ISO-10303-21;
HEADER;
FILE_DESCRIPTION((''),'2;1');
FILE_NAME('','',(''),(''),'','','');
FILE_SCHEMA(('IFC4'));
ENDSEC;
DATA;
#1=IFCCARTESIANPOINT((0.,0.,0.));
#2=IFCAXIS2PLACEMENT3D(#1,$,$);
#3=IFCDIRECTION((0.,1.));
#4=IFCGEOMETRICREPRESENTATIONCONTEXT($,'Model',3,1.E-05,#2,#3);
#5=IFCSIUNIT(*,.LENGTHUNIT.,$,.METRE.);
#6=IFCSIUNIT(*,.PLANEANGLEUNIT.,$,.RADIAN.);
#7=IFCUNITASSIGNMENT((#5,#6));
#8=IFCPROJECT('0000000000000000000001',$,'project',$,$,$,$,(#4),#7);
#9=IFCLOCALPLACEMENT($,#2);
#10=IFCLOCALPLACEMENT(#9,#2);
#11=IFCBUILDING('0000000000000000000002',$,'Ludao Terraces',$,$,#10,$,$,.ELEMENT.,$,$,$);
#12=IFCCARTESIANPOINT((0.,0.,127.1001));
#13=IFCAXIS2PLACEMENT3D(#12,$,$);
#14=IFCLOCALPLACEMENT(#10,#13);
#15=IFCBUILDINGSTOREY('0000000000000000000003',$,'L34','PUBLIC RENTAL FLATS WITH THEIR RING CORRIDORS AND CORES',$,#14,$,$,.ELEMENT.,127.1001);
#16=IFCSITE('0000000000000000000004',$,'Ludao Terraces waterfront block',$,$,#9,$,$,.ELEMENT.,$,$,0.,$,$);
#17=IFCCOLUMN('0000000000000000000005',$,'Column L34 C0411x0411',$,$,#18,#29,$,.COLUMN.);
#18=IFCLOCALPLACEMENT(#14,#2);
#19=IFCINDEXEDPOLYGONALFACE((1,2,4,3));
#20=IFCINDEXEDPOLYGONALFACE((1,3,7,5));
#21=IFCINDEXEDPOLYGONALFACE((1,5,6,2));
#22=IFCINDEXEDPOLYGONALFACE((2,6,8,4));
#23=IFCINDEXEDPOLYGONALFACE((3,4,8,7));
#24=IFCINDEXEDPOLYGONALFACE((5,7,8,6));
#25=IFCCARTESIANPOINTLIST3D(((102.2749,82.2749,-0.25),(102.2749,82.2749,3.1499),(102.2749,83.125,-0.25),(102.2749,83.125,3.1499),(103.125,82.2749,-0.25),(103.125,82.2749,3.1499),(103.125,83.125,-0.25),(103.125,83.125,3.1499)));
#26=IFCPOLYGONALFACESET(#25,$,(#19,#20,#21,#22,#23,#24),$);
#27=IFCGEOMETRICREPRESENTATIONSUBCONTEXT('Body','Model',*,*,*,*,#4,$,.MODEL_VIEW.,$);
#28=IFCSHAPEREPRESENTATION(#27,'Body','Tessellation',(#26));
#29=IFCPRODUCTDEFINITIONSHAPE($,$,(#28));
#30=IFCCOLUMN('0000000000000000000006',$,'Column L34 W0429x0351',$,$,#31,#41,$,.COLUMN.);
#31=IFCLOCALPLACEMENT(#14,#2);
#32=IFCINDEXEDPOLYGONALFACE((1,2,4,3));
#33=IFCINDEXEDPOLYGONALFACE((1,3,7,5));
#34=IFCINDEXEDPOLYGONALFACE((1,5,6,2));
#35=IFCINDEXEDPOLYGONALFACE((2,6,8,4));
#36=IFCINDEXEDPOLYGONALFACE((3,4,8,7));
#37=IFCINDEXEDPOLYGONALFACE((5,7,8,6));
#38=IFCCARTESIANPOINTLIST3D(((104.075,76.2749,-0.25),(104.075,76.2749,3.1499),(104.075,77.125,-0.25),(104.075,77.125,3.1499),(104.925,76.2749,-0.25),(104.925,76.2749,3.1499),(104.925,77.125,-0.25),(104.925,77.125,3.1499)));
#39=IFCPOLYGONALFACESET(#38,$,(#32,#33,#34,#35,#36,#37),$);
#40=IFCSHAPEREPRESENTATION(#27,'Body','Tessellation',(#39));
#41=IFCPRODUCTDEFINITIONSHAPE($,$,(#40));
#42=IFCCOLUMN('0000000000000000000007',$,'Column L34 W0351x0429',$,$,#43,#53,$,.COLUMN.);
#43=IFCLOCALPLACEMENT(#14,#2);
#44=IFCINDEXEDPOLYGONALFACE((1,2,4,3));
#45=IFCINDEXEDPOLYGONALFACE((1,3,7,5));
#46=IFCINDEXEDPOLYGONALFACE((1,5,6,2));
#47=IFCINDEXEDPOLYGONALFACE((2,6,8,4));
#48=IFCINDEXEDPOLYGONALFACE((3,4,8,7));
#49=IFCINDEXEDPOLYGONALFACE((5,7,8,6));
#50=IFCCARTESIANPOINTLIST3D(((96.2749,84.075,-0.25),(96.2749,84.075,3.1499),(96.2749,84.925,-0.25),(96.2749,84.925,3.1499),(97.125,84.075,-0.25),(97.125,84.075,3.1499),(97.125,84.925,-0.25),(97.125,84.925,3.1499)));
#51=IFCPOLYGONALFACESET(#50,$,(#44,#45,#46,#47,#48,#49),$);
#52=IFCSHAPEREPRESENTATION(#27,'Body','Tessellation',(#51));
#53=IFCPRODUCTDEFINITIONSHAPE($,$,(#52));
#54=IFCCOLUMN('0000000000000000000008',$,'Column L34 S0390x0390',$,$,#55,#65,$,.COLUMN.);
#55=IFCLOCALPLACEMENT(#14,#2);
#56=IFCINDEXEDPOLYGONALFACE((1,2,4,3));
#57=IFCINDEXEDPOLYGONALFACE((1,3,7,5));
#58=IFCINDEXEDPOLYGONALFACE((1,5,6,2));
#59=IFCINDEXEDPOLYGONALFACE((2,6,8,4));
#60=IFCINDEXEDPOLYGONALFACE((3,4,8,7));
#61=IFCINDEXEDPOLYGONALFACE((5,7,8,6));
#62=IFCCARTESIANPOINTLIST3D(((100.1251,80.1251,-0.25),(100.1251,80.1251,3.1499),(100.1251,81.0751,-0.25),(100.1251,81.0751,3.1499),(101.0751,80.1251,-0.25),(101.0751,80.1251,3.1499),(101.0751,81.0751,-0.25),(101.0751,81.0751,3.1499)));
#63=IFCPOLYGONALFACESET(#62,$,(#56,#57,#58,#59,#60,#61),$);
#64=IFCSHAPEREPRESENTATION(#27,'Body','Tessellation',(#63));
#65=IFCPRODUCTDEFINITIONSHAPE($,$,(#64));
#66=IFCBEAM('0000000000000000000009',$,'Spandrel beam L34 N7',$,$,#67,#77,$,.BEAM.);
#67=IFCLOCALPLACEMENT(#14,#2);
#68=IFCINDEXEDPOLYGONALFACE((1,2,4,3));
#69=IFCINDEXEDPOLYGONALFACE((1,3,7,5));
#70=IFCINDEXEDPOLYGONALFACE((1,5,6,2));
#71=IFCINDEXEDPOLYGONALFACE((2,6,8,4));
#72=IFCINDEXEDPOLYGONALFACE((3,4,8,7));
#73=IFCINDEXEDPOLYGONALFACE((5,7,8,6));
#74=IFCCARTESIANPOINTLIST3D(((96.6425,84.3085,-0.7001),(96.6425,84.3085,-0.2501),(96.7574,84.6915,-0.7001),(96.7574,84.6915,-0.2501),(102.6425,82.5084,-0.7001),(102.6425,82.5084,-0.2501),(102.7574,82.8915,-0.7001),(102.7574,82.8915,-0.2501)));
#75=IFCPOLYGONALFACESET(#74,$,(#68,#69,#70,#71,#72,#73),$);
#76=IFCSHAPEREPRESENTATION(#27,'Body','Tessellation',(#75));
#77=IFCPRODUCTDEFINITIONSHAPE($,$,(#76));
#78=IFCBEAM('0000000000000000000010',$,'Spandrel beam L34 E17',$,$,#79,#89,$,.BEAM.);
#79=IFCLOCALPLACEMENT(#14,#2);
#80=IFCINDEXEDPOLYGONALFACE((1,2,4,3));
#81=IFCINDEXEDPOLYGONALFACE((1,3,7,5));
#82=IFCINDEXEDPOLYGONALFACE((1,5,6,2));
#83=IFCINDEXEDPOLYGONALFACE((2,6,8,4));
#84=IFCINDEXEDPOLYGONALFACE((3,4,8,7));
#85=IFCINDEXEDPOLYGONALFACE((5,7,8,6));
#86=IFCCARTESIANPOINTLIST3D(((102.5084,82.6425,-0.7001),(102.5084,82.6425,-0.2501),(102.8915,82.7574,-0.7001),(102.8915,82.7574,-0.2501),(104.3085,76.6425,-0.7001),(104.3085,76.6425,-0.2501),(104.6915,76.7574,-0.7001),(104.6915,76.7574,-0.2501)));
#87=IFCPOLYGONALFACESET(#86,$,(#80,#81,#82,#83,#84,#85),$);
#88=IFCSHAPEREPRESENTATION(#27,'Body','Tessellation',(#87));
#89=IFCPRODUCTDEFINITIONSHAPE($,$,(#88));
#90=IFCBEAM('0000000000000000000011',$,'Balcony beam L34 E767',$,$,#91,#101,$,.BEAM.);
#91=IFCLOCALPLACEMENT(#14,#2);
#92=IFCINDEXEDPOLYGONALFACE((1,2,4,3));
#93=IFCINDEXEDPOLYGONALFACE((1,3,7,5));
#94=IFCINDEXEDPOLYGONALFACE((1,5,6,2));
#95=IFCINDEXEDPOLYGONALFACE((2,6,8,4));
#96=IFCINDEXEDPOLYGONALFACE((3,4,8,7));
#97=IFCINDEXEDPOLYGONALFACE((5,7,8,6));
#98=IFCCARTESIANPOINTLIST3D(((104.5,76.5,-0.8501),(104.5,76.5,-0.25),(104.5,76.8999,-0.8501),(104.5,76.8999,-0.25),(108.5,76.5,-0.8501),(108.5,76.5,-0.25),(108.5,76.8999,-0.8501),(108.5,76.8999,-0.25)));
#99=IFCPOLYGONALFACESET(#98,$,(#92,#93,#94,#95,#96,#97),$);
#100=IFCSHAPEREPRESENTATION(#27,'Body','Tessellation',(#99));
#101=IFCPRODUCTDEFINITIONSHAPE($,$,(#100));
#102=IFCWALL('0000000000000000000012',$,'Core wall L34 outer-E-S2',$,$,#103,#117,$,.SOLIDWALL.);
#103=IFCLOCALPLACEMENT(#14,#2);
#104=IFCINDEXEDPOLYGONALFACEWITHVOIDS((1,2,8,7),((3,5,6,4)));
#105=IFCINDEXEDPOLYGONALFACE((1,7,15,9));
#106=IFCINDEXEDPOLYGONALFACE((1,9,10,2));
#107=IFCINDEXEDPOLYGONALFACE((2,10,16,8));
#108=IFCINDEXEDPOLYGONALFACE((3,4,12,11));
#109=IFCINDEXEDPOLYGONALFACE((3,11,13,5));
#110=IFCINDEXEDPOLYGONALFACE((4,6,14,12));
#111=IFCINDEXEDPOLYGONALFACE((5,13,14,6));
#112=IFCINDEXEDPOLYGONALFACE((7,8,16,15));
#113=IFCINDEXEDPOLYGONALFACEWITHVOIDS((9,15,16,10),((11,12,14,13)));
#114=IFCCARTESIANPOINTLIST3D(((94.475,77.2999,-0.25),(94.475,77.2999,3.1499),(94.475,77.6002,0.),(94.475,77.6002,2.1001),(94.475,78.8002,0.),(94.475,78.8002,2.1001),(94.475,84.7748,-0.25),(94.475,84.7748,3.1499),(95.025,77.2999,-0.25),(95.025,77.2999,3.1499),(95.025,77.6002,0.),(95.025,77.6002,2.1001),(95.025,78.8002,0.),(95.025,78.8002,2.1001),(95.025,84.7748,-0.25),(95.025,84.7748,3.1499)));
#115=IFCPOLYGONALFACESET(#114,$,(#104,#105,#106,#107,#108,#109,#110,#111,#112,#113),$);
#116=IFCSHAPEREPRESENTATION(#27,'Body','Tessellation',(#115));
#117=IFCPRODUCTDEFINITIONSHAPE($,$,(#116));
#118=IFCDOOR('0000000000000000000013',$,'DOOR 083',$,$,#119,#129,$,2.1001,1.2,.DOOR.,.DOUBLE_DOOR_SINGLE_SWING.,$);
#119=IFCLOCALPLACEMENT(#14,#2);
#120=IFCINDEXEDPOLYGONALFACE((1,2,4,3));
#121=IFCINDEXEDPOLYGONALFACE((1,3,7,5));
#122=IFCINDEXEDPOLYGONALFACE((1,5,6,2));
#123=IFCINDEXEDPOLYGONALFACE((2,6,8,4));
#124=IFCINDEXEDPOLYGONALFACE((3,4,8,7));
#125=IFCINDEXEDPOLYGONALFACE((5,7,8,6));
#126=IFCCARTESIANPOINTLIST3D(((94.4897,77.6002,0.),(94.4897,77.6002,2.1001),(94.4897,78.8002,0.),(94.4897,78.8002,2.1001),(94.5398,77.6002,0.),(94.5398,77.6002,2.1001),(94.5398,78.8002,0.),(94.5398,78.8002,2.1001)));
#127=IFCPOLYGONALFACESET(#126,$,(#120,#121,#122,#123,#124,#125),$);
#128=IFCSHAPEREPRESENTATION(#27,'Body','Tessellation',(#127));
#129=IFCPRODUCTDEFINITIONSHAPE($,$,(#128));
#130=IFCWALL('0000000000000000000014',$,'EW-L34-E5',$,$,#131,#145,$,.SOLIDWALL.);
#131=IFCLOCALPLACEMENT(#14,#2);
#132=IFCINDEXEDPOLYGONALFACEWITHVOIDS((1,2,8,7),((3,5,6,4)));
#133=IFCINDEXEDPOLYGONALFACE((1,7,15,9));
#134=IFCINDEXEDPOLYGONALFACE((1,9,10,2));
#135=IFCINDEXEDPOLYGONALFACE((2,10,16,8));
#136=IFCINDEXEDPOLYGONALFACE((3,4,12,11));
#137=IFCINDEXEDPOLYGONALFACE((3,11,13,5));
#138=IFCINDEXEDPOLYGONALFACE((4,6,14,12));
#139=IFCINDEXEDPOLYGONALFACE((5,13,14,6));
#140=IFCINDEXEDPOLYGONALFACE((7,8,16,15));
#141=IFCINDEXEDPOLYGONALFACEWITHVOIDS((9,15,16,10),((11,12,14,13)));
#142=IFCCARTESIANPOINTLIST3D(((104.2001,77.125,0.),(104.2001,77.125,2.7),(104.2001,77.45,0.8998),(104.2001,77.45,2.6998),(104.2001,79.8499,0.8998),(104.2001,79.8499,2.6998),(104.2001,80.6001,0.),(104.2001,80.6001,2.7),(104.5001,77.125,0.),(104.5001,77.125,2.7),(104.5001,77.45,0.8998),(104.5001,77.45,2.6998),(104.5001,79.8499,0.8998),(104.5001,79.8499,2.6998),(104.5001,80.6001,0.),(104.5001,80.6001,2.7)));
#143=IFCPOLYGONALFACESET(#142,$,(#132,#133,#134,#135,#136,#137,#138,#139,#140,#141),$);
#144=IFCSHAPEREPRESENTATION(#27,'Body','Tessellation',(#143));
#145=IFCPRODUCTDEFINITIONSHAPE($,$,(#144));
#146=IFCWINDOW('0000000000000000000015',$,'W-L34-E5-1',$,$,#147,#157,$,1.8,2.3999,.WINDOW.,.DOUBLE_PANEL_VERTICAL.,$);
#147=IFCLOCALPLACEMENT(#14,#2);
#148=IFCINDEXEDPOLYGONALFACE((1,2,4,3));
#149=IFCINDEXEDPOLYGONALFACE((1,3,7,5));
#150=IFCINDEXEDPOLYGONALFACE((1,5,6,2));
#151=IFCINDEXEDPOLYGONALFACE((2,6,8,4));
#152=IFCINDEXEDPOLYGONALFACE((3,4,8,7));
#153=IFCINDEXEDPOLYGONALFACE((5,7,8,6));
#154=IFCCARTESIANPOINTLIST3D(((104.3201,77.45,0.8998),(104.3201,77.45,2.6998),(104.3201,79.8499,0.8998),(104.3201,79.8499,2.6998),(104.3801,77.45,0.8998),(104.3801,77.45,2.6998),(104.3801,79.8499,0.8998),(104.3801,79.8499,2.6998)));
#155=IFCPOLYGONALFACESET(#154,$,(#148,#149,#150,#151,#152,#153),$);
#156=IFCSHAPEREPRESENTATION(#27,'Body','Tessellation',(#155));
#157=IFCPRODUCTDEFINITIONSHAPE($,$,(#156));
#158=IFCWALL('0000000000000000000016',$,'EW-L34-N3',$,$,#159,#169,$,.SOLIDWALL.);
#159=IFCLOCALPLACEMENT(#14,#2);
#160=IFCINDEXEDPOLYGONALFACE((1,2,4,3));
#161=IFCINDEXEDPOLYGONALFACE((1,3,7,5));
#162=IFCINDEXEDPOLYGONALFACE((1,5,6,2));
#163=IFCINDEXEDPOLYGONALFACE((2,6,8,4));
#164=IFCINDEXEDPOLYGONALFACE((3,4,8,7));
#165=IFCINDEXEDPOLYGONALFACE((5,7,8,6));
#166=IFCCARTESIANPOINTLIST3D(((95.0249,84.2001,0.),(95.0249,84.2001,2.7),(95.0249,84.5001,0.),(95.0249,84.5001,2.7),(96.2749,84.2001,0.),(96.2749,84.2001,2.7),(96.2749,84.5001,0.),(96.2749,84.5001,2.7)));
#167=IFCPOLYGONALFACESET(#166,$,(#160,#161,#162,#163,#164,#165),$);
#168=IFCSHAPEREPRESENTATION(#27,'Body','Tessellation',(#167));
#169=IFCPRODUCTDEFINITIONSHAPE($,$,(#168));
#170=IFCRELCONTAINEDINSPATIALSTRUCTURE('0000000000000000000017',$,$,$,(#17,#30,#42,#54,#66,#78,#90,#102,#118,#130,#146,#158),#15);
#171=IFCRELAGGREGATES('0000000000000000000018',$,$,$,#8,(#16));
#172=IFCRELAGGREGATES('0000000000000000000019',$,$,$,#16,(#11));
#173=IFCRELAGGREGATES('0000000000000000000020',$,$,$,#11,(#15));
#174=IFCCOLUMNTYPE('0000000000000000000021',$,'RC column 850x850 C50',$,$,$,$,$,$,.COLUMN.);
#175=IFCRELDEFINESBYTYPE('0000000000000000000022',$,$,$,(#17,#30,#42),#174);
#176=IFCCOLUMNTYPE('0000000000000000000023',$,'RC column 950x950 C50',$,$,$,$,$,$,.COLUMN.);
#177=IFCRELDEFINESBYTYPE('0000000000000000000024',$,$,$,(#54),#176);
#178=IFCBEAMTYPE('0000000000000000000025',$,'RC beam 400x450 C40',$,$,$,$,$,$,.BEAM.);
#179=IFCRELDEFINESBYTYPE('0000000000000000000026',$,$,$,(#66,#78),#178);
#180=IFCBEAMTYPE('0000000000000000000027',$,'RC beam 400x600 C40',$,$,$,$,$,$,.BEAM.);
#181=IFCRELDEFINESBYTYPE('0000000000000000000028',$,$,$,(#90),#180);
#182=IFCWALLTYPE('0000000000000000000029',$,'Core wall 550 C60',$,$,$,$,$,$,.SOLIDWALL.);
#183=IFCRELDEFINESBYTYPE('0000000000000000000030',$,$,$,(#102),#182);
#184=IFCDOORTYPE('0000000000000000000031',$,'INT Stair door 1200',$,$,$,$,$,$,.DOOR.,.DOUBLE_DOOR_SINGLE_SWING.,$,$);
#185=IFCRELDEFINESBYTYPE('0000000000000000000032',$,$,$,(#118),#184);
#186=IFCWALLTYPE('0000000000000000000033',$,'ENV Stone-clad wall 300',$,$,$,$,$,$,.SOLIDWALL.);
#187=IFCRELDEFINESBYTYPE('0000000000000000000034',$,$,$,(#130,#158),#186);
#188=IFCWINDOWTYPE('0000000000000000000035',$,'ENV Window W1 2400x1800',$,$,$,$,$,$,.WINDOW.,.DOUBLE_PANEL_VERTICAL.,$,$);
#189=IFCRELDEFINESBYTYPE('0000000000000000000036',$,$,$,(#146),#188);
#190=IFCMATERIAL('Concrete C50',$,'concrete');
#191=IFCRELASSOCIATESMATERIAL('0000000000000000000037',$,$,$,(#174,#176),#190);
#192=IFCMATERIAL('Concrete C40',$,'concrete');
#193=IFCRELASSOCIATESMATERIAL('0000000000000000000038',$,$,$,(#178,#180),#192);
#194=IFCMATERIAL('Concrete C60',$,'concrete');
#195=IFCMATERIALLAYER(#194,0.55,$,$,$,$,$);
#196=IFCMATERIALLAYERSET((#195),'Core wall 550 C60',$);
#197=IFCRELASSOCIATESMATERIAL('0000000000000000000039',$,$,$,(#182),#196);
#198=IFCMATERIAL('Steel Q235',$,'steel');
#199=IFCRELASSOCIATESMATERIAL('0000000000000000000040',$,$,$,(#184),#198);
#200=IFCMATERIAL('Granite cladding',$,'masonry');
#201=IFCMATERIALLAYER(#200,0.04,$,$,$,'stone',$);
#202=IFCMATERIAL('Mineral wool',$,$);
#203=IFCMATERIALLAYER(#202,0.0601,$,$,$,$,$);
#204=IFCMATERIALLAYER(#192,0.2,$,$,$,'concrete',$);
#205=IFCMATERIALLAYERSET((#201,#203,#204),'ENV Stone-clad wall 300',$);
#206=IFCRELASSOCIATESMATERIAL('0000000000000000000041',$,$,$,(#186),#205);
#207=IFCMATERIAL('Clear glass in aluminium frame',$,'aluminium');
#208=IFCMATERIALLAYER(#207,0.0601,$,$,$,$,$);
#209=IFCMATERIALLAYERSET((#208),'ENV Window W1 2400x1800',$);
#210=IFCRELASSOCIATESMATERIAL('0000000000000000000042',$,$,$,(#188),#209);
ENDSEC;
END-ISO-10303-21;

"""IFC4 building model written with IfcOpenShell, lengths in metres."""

from ifc_helpers import new_model, si_unit, direction, frame, frame_2d, origin, origin_2d, place, context, subcontext, project, spatial, rectangle, extrude, material, layer, layer_set, material_profile, profile_set, type_object, element, fill, save


model = new_model("IFC4")

# Units and contexts
model_context = context("Model", 3, precision=1e-05, world=origin(), true_north=direction((0.0, 1.0)))
body_context = subcontext(model_context, "Body", "Model", "MODEL_VIEW")
ifc_project = project(units=[si_unit("LENGTHUNIT", "METRE"), si_unit("PLANEANGLEUNIT", "RADIAN")], contexts=[model_context])

# Site, building, storey
site_placement = place(None, origin())
site = spatial("IfcSite", under=ifc_project, at=site_placement, Name="Ludao Terraces waterfront block", CompositionType="ELEMENT", RefElevation=0.0)
building_placement = place(site_placement, origin())
building = spatial("IfcBuilding", under=site, at=building_placement, Name="Ludao Terraces", CompositionType="ELEMENT")
storey_placement = place(building_placement, frame((0.0, 0.0, 127.1001)))
storey = spatial("IfcBuildingStorey", under=building, at=storey_placement, Name="L34", Description="PUBLIC RENTAL FLATS WITH THEIR RING CORRIDORS AND CORES", CompositionType="ELEMENT", Elevation=127.1001)

# Columns
ifc_material_1 = material(Name="Concrete C50", Category="concrete")
ifc_material_profile_1 = material_profile(ifc_material_1, rectangle(XDim=0.8501, YDim=0.8501, at=origin_2d()), Name="850 X 850")
ifc_profile_set_1 = profile_set([ifc_material_profile_1], Name="Concrete C50")
column_type_1 = type_object("IfcColumnType", Name="RC column 850x850 C50", PredefinedType="COLUMN", material=ifc_profile_set_1)
for number, where, z_axis, x_axis, name in (
    (1, (102.7, 82.7, -0.25), (0.0, 0.0, 1.0), (1.0, 0.0, 0.0), "Column L34 C0411x0411"),
    (2, (104.5, 76.7, -0.25), (0.0, 0.0, 1.0), (1.0, 0.0, 0.0), "Column L34 W0429x0351"),
    (3, (96.7, 84.5, -0.25), (0.0, 0.0, 1.0), (1.0, 0.0, 0.0), "Column L34 W0351x0429"),
):
    element("IfcColumn", number, at=place(storey_placement, frame(where, z_axis=z_axis, x_axis=x_axis)), inside=storey, type_object=column_type_1, Name=name, PredefinedType="COLUMN", context=body_context, shape_type="SweptSolid", body=[
        extrude(rectangle(XDim=0.8501, YDim=0.8501, at=origin_2d()), origin(), (0.0, 0.0, 1.0), 3.3999),
    ])
ifc_material_profile_2 = material_profile(ifc_material_1, rectangle(XDim=0.95, YDim=0.95, at=origin_2d()), Name="950 X 950")
ifc_profile_set_2 = profile_set([ifc_material_profile_2], Name="Concrete C50")
column_type_2 = type_object("IfcColumnType", Name="RC column 950x950 C50", PredefinedType="COLUMN", material=ifc_profile_set_2)
column_placement = place(storey_placement, frame((100.6001, 80.6001, -0.25), z_axis=(0.0, 0.0, 1.0), x_axis=(1.0, 0.0, 0.0)))
element("IfcColumn", 4, at=column_placement, inside=storey, type_object=column_type_2, Name="Column L34 S0390x0390", PredefinedType="COLUMN", context=body_context, shape_type="SweptSolid", body=[
    extrude(rectangle(XDim=0.95, YDim=0.95, at=origin_2d()), origin(), (0.0, 0.0, 1.0), 3.3999),
])

# Beams
ifc_material_2 = material(Name="Concrete C40", Category="concrete")
ifc_material_profile_3 = material_profile(ifc_material_2, rectangle(XDim=0.3999, YDim=0.45, at=origin_2d()), Name="400 X 450")
ifc_profile_set_3 = profile_set([ifc_material_profile_3], Name="Concrete C40")
beam_type_1 = type_object("IfcBeamType", Name="RC beam 400x450 C40", PredefinedType="BEAM", material=ifc_profile_set_3)
for number, where, z_axis, x_axis, name in (
    (5, (96.7, 84.5, -0.4751), (0.957824, -0.287355, 0.0), (0.287355, 0.957824, 0.0), "Spandrel beam L34 N7"),
    (6, (104.5, 76.7, -0.4751), (-0.287355, 0.957824, 0.0), (-0.957824, -0.287355, 0.0), "Spandrel beam L34 E17"),
):
    element("IfcBeam", number, at=place(storey_placement, frame(where, z_axis=z_axis, x_axis=x_axis)), inside=storey, type_object=beam_type_1, Name=name, PredefinedType="BEAM", context=body_context, shape_type="SweptSolid", body=[
        extrude(rectangle(XDim=0.3999, YDim=0.45, at=origin_2d()), origin(), (0.0, 0.0, 1.0), 6.2642),
    ])
ifc_material_profile_4 = material_profile(ifc_material_2, rectangle(XDim=0.3999, YDim=0.6001, at=origin_2d()), Name="400 X 600")
ifc_profile_set_4 = profile_set([ifc_material_profile_4], Name="Concrete C40")
beam_type_2 = type_object("IfcBeamType", Name="RC beam 400x600 C40", PredefinedType="BEAM", material=ifc_profile_set_4)
beam_placement = place(storey_placement, frame((104.5, 76.7, -0.55), z_axis=(1.0, 0.0, 0.0), x_axis=(0.0, 1.0, 0.0)))
element("IfcBeam", 7, at=beam_placement, inside=storey, type_object=beam_type_2, Name="Balcony beam L34 E767", PredefinedType="BEAM", context=body_context, shape_type="SweptSolid", body=[
    extrude(rectangle(XDim=0.3999, YDim=0.6001, at=origin_2d()), origin(), (0.0, 0.0, 1.0), 4.0),
])

# Wall, opening, door
ifc_material_3 = material(Name="Concrete C60", Category="concrete")
ifc_layer_1 = layer(ifc_material_3, 0.55)
ifc_layer_set_1 = layer_set([ifc_layer_1], Name="Core wall 550 C60")
wall_type_1 = type_object("IfcWallType", Name="Core wall 550 C60", PredefinedType="SOLIDWALL", material=ifc_layer_set_1)
wall_1_placement = place(storey_placement, frame((94.75, 77.3, -0.25), z_axis=(0.0, 0.0, 1.0), x_axis=(0.0, 1.0, 0.0)))
wall_1 = element("IfcWall", 8, at=wall_1_placement, inside=storey, type_object=wall_type_1, Name="Core wall L34 outer-E-S2", PredefinedType="SOLIDWALL", context=body_context, shape_type="SweptSolid", body=[
    extrude(rectangle(XDim=7.4749, YDim=0.55, at=frame_2d((3.7373, 0.0))), origin(), (0.0, 0.0, 1.0), 3.3999),
])
opening_1_placement = place(wall_1_placement, frame((0.3, 0.0, 0.25)))
opening_1 = element("IfcOpeningElement", 9, at=opening_1_placement, cuts=wall_1, PredefinedType="OPENING", context=body_context, shape_type="SweptSolid", body=[
    extrude(rectangle(XDim=1.2, YDim=2.1001, at=frame_2d((0.6001, 1.05))), frame((0.0, 0.2852, 0.0), z_axis=(0.0, -1.0, 0.0), x_axis=(1.0, 0.0, 0.0)), (0.0, 0.0, 1.0), 0.5701),
])
ifc_material_4 = material(Name="Steel Q235", Category="steel")
door_type_1 = type_object("IfcDoorType", Name="INT Stair door 1200", OperationType="DOUBLE_DOOR_SINGLE_SWING", PredefinedType="DOOR", material=ifc_material_4)
door_1_placement = place(opening_1_placement, origin())
door_1 = element("IfcDoor", 10, at=door_1_placement, inside=storey, type_object=door_type_1, Name="DOOR 083", OperationType="DOUBLE_DOOR_SINGLE_SWING", OverallHeight=2.1001, OverallWidth=1.2, PredefinedType="DOOR", context=body_context, shape_type="SweptSolid", body=[
    extrude(rectangle(XDim=1.2, YDim=2.1001, at=frame_2d((0.6001, 1.05))), frame((0.0, 0.2603, 0.0), z_axis=(0.0, -1.0, 0.0), x_axis=(1.0, 0.0, 0.0)), (0.0, 0.0, 1.0), 0.05),
])
fill(opening_1, door_1)

# Wall, opening, window
ifc_material_5 = material(Name="Granite cladding", Category="masonry")
ifc_layer_2 = layer(ifc_material_5, 0.04, Category="stone")
ifc_material_6 = material(Name="Mineral wool")
ifc_layer_3 = layer(ifc_material_6, 0.0601)
ifc_layer_4 = layer(ifc_material_2, 0.2, Category="concrete")
ifc_layer_set_2 = layer_set([ifc_layer_2, ifc_layer_3, ifc_layer_4], Name="ENV Stone-clad wall 300")
wall_type_2 = type_object("IfcWallType", Name="ENV Stone-clad wall 300", PredefinedType="SOLIDWALL", material=ifc_layer_set_2)
wall_2_placement = place(storey_placement, frame((104.3501, 77.125, 0.0), z_axis=(0.0, 0.0, 1.0), x_axis=(0.0, 1.0, 0.0)))
wall_2 = element("IfcWall", 11, at=wall_2_placement, inside=storey, type_object=wall_type_2, Name="EW-L34-E5", PredefinedType="SOLIDWALL", context=body_context, shape_type="SweptSolid", body=[
    extrude(rectangle(XDim=3.4751, YDim=0.3, at=frame_2d((1.7375, 0.0))), origin(), (0.0, 0.0, 1.0), 2.7),
])
opening_2_placement = place(wall_2_placement, frame((0.325, 0.0, 0.8999)))
opening_2 = element("IfcOpeningElement", 12, at=opening_2_placement, cuts=wall_2, PredefinedType="OPENING", context=body_context, shape_type="SweptSolid", body=[
    extrude(rectangle(XDim=2.3999, YDim=1.8, at=frame_2d((1.2, 0.8999))), frame((0.0, 0.1602, 0.0), z_axis=(0.0, -1.0, 0.0), x_axis=(1.0, 0.0, 0.0)), (0.0, 0.0, 1.0), 0.3201),
])
ifc_material_7 = material(Name="Clear glass in aluminium frame", Category="aluminium")
ifc_layer_5 = layer(ifc_material_7, 0.0601)
ifc_layer_set_3 = layer_set([ifc_layer_5], Name="ENV Window W1 2400x1800")
window_type_1 = type_object("IfcWindowType", Name="ENV Window W1 2400x1800", PartitioningType="DOUBLE_PANEL_VERTICAL", PredefinedType="WINDOW", material=ifc_layer_set_3)
window_1_placement = place(opening_2_placement, origin())
window_1 = element("IfcWindow", 13, at=window_1_placement, inside=storey, type_object=window_type_1, Name="W-L34-E5-1", OverallHeight=1.8, OverallWidth=2.3999, PartitioningType="DOUBLE_PANEL_VERTICAL", PredefinedType="WINDOW", context=body_context, shape_type="SweptSolid", body=[
    extrude(rectangle(XDim=2.3999, YDim=1.8, at=frame_2d((1.2, 0.8999))), frame((0.0, 0.03, 0.0), z_axis=(0.0, -1.0, 0.0), x_axis=(1.0, 0.0, 0.0)), (0.0, 0.0, 1.0), 0.0601),
])
fill(opening_2, window_1)

# Wall
wall_3_placement = place(storey_placement, frame((95.0249, 84.3501, 0.0), z_axis=(0.0, 0.0, 1.0), x_axis=(1.0, 0.0, 0.0)))
element("IfcWall", 14, at=wall_3_placement, inside=storey, type_object=wall_type_2, Name="EW-L34-N3", PredefinedType="SOLIDWALL", context=body_context, shape_type="SweptSolid", body=[
    extrude(rectangle(XDim=1.25, YDim=0.3, at=frame_2d((0.625, 0.0))), origin(), (0.0, 0.0, 1.0), 2.7),
])

save(model, "model.ifc")
